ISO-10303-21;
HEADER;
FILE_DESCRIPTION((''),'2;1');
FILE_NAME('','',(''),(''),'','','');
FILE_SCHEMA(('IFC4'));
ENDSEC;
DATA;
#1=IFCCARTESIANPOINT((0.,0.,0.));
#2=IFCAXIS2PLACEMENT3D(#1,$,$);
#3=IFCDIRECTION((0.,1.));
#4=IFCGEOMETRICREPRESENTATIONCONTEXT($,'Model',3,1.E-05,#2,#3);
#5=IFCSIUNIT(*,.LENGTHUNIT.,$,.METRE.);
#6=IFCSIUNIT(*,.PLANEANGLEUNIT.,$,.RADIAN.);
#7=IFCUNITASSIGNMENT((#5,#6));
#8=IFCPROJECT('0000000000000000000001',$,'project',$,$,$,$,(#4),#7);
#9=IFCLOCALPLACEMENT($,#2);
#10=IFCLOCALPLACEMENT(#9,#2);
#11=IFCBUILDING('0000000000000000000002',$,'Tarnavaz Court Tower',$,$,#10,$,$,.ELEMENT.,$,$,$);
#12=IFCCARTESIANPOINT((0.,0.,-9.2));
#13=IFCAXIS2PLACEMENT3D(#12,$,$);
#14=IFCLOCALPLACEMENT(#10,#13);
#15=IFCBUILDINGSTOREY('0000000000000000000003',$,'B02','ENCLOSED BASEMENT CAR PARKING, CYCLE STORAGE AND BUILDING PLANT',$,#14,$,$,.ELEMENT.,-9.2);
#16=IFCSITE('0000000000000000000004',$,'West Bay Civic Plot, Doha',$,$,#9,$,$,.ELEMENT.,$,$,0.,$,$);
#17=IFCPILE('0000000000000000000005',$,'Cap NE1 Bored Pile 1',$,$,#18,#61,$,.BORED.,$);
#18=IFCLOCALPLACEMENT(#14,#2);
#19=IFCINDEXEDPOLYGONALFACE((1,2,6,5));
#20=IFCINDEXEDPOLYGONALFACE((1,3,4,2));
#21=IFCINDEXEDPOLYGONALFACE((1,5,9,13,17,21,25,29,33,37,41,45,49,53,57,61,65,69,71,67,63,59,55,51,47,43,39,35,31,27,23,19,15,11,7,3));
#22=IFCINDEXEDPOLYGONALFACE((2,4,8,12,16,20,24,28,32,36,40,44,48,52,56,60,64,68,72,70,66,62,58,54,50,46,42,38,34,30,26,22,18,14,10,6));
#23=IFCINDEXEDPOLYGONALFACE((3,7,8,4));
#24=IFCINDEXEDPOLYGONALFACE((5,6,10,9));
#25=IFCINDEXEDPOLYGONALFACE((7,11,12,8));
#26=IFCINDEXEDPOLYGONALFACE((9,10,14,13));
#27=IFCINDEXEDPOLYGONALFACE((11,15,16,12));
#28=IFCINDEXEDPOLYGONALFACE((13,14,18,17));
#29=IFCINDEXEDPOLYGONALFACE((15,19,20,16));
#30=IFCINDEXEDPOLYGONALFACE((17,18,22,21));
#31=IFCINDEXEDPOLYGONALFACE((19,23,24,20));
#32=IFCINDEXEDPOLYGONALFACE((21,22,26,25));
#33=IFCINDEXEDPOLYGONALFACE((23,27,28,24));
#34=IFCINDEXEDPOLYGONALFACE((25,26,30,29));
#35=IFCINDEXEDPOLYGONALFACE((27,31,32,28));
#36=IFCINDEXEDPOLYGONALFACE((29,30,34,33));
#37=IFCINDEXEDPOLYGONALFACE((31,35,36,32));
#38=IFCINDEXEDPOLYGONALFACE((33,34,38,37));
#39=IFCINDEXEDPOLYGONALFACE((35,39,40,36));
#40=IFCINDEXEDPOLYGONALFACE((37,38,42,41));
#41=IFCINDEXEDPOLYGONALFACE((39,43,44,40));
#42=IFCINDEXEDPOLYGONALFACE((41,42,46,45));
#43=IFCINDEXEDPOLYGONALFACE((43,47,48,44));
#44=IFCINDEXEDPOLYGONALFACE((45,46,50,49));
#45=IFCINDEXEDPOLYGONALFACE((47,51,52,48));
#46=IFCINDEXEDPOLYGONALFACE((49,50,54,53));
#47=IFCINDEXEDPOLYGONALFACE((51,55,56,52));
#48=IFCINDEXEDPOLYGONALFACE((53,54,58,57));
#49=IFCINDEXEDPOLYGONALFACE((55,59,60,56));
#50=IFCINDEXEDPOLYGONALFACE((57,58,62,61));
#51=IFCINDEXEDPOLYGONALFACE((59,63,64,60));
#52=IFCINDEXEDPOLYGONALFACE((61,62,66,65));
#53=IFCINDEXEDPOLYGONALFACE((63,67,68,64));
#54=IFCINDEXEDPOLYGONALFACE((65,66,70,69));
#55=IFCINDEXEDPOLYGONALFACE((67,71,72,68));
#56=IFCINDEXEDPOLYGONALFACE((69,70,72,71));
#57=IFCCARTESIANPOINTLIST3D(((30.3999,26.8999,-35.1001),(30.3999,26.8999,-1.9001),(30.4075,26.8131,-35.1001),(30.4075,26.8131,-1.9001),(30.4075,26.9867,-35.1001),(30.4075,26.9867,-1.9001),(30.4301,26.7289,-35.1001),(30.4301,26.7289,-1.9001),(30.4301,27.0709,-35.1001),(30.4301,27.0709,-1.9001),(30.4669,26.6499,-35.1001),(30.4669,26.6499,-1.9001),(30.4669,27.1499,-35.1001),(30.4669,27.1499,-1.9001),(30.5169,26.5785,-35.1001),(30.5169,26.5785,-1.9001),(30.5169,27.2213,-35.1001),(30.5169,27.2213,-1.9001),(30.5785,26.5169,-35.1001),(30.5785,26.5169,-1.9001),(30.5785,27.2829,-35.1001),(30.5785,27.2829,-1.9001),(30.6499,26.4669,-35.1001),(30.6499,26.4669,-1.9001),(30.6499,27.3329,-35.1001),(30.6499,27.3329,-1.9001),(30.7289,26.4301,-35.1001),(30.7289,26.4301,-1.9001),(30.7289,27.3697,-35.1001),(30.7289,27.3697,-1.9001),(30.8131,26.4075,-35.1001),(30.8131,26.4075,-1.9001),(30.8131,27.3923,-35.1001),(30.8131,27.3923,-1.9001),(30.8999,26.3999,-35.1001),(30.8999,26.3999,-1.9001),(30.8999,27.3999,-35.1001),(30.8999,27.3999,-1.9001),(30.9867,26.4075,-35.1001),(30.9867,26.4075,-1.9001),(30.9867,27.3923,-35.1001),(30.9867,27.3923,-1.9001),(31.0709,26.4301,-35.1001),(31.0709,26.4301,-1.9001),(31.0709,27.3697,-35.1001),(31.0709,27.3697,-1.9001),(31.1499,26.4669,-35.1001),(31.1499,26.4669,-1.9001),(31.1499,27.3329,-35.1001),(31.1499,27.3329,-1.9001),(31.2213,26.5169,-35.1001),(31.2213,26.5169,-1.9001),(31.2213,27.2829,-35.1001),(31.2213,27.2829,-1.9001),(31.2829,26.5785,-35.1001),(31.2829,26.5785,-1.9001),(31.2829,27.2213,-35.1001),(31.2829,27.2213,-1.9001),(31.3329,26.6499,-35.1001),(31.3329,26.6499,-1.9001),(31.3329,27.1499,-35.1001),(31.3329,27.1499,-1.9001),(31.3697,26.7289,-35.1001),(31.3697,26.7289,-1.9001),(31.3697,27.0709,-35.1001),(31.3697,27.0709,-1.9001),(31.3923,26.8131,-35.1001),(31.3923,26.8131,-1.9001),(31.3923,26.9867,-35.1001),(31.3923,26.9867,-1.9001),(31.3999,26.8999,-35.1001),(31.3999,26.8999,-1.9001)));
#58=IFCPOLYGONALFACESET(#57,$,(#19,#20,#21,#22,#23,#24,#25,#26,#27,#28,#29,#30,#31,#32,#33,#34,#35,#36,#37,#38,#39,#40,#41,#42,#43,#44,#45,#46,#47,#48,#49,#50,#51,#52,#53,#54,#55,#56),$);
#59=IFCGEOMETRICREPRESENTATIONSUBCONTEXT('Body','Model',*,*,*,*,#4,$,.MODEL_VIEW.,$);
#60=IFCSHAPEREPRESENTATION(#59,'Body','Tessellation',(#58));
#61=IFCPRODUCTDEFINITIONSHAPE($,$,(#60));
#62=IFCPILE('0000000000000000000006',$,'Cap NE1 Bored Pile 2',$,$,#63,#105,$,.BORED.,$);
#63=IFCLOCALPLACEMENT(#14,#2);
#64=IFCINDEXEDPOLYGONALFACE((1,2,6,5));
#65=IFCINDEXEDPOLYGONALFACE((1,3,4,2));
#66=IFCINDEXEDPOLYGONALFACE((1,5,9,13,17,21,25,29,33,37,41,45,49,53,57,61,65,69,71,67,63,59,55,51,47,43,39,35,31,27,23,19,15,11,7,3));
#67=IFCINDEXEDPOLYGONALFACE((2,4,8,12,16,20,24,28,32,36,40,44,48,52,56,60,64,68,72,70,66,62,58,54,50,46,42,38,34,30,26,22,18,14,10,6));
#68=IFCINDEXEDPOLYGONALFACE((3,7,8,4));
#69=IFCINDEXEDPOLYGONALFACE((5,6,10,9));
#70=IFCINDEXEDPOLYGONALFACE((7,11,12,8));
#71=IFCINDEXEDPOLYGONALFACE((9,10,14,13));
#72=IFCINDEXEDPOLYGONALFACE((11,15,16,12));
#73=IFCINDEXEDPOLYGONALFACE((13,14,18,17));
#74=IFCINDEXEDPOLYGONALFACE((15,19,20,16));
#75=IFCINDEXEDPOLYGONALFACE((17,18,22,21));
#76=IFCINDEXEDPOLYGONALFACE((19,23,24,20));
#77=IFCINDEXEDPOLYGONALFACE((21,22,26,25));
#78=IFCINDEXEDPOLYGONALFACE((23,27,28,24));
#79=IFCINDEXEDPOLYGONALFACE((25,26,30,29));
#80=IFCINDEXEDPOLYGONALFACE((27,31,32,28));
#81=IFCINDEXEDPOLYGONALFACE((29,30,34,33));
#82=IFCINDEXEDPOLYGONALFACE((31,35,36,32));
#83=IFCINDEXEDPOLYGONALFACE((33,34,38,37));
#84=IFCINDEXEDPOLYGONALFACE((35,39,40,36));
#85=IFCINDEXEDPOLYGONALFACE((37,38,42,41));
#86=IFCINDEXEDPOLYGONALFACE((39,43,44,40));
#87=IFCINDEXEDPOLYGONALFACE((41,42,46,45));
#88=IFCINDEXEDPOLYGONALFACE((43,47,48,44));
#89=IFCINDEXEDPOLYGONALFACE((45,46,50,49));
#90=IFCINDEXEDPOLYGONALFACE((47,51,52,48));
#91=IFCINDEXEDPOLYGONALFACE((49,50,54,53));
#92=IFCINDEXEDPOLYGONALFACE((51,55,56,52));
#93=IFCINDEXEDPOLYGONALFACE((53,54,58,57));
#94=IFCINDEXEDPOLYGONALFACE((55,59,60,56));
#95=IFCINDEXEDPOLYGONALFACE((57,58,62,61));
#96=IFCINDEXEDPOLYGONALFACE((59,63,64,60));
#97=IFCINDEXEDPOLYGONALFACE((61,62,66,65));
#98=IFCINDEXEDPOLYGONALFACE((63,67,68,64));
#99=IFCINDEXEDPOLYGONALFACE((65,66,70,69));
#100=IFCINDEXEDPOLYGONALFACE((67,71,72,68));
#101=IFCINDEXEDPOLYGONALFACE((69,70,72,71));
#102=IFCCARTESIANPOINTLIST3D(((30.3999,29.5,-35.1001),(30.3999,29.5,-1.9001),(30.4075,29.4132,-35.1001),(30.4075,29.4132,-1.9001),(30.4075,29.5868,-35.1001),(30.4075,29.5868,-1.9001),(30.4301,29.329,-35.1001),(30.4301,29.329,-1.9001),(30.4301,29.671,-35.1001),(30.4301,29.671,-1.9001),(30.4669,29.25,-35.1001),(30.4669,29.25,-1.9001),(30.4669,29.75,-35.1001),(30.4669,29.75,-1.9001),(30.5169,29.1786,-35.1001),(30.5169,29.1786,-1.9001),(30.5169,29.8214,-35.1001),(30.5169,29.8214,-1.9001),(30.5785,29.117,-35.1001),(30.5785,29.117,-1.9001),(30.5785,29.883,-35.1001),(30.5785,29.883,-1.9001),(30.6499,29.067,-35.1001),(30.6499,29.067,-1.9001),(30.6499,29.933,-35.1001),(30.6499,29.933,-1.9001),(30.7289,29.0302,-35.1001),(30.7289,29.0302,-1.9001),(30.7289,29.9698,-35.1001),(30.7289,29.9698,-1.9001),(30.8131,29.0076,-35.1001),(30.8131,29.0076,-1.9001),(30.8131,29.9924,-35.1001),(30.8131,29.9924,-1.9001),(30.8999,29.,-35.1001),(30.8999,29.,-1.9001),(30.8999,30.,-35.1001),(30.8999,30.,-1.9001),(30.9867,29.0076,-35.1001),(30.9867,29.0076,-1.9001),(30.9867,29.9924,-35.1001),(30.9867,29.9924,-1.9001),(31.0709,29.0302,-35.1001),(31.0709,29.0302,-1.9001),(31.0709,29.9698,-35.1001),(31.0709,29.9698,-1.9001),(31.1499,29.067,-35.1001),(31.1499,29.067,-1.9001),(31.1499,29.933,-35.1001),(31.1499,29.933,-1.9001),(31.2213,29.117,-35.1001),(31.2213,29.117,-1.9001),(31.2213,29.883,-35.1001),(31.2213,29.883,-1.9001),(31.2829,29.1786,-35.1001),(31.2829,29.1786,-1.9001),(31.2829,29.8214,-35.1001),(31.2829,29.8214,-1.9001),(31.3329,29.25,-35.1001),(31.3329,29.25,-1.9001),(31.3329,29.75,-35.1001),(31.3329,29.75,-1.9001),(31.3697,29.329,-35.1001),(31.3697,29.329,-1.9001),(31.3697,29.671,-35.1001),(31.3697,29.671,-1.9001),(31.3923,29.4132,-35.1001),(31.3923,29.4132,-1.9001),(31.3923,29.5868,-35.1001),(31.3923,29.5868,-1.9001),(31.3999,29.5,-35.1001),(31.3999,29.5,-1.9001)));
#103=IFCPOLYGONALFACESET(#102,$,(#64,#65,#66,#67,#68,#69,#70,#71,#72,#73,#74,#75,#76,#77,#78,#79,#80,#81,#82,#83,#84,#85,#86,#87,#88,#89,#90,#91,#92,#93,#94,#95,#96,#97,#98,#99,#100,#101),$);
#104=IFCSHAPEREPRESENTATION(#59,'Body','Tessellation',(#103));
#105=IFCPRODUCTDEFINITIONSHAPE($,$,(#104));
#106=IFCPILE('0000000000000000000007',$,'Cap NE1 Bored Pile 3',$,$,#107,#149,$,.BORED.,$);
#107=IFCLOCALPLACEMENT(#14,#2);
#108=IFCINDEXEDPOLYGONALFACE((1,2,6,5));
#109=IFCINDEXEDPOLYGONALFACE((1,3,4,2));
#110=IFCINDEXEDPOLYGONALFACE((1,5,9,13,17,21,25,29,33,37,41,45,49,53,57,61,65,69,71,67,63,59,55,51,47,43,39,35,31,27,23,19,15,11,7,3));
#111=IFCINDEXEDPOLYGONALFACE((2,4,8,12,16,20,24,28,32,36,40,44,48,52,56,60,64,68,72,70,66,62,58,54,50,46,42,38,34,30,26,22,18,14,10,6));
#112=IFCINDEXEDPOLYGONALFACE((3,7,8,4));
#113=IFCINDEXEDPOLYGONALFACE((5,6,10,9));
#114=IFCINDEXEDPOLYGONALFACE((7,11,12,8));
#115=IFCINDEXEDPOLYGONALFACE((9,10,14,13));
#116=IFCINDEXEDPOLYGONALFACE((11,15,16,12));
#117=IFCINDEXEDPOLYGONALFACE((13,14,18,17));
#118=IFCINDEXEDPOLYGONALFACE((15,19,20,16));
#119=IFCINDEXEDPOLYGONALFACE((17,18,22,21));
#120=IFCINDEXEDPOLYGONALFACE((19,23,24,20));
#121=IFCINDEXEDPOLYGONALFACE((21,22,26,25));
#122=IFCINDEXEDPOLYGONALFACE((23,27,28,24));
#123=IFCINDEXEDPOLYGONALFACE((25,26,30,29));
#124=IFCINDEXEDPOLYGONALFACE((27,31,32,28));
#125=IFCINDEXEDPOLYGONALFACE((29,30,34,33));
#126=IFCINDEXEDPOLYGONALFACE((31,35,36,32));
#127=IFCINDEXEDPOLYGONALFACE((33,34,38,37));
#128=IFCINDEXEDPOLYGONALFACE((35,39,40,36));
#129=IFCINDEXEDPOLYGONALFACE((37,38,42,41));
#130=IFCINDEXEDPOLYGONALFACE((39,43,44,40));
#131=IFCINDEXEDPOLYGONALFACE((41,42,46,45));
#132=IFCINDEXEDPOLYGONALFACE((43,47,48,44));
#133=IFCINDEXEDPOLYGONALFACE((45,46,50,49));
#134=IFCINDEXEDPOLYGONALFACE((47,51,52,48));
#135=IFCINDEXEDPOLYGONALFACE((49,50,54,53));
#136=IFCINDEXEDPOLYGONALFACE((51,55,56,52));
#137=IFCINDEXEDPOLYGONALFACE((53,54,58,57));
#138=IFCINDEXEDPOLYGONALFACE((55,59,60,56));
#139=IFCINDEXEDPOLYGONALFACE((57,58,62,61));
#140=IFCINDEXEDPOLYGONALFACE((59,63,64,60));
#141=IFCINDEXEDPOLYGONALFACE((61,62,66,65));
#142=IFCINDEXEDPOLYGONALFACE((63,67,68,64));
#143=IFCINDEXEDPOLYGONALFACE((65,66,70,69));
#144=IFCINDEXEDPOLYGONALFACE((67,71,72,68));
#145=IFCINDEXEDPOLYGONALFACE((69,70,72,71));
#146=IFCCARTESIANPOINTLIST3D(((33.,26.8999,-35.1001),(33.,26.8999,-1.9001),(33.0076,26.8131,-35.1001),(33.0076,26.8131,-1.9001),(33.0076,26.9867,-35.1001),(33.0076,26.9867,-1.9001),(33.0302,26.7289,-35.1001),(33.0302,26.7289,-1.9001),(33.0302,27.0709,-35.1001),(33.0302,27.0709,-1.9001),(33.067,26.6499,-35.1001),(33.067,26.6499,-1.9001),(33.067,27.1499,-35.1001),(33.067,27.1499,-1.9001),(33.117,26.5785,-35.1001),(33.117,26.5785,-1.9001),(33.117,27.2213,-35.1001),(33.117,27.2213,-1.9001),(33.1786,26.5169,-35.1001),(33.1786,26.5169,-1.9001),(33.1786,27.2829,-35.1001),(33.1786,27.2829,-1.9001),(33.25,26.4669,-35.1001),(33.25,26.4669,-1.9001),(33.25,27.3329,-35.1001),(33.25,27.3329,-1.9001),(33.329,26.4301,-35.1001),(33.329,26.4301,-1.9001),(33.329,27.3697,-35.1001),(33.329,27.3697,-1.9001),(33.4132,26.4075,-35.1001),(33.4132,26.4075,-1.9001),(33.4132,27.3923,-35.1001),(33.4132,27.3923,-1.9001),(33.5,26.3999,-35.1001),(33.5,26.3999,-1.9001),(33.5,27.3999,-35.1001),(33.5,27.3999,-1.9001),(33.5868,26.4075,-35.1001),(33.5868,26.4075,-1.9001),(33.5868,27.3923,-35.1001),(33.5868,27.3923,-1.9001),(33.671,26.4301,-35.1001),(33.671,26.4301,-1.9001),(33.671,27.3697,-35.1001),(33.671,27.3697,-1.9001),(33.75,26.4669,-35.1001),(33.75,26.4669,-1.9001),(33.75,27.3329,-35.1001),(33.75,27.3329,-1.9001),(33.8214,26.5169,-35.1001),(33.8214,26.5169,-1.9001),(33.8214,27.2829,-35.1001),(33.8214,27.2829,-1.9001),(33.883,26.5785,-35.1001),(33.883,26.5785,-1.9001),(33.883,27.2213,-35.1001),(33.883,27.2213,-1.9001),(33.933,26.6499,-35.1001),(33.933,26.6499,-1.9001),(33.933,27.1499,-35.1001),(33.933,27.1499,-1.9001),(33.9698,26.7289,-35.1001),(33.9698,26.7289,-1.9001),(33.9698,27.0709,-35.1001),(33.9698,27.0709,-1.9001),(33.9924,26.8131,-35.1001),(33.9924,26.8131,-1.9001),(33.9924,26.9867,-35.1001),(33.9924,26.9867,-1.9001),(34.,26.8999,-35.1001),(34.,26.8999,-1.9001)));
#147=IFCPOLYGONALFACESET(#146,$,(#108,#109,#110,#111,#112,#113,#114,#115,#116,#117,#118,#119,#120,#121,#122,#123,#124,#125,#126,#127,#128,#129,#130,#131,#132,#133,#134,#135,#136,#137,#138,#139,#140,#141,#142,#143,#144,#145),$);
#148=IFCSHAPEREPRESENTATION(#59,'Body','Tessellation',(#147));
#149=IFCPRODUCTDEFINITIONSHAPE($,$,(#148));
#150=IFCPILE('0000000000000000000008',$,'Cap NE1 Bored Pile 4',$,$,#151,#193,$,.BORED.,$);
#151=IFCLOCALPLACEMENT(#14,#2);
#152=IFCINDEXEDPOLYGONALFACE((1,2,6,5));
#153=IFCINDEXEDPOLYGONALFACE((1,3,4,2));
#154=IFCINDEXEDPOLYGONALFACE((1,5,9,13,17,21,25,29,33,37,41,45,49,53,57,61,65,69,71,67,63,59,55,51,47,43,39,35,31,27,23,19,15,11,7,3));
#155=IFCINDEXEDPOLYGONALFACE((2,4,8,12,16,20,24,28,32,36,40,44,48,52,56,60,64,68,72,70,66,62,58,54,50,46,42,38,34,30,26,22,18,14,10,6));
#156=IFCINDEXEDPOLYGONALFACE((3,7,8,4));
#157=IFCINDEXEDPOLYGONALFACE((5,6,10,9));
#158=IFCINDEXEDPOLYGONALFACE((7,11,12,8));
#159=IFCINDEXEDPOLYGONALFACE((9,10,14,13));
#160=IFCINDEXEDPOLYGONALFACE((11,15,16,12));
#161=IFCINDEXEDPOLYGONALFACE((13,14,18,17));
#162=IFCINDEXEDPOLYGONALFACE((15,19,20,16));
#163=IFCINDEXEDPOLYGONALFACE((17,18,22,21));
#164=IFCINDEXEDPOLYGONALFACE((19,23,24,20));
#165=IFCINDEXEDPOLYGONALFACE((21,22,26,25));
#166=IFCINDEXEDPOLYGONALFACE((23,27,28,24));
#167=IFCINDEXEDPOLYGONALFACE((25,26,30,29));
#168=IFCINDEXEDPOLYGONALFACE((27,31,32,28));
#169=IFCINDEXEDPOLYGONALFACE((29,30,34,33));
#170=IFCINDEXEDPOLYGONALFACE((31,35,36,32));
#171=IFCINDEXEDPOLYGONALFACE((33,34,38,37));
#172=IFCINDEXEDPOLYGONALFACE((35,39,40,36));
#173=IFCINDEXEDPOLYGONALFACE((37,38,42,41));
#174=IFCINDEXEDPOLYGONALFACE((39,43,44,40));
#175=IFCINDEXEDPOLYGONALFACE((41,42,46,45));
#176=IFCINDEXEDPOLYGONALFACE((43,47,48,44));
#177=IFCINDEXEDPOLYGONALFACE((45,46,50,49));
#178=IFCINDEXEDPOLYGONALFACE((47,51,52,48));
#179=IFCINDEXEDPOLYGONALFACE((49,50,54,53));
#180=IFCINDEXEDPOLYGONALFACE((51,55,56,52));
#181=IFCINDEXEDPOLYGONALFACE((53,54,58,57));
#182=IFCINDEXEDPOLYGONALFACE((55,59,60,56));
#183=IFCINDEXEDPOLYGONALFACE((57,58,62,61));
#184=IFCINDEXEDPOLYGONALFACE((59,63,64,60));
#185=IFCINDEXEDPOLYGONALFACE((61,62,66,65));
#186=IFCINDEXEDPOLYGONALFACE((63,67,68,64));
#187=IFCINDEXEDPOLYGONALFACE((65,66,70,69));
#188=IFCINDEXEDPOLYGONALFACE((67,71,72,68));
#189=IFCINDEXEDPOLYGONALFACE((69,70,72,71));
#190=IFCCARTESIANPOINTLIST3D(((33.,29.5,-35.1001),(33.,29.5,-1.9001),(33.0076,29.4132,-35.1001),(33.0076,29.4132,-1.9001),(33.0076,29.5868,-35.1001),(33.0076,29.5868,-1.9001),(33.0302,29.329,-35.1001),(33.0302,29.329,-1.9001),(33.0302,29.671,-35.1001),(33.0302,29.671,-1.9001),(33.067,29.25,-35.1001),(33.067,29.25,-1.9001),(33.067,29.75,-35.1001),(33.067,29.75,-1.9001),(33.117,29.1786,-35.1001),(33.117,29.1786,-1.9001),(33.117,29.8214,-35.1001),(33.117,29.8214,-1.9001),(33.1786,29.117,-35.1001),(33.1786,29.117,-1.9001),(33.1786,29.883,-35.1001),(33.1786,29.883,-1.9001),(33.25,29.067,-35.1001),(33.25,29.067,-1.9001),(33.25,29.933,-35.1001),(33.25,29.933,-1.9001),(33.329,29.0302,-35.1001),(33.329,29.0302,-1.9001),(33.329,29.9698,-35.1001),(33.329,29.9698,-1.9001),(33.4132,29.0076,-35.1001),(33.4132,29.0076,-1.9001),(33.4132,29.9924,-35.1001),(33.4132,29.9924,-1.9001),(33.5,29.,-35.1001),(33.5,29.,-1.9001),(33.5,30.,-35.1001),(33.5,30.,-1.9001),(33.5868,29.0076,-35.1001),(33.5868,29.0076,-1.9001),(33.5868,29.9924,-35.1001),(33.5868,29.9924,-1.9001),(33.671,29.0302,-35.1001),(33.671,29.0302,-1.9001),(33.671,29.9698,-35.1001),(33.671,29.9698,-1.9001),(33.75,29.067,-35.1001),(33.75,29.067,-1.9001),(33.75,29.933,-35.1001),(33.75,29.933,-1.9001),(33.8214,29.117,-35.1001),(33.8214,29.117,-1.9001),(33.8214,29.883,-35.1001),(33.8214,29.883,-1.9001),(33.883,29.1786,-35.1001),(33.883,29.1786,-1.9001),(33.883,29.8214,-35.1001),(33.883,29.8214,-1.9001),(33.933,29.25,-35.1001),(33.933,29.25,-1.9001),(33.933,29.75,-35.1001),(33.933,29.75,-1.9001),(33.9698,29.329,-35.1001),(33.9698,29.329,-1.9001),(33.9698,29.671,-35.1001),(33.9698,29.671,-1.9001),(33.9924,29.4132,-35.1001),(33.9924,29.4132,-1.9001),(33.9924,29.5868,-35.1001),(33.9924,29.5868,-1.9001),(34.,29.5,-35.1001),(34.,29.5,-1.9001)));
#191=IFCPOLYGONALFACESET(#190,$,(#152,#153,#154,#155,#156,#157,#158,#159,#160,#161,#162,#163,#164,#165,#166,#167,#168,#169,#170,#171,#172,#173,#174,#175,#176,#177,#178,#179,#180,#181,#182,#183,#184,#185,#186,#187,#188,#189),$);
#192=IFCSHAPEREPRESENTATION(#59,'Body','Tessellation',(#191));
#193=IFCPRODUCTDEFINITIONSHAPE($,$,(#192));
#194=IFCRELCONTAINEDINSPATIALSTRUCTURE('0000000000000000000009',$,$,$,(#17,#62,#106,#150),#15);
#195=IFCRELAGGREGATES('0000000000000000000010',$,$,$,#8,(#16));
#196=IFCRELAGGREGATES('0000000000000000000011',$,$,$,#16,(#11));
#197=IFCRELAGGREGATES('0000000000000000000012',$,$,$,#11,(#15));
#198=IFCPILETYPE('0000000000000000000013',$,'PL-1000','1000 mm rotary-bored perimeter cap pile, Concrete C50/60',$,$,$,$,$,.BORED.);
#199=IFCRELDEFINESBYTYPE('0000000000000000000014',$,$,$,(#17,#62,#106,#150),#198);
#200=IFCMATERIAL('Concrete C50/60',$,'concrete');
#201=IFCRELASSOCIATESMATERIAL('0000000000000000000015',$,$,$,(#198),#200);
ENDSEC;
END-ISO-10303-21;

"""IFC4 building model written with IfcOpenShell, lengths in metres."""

from ifc_helpers import new_model, si_unit, direction, frame, origin, origin_2d, place, context, subcontext, project, spatial, circle, extrude, material, material_profile, profile_set, type_object, element, save


model = new_model("IFC4")

# Units and contexts
model_context = context("Model", 3, precision=1e-05, world=origin(), true_north=direction((0.0, 1.0)))
body_context = subcontext(model_context, "Body", "Model", "MODEL_VIEW")
ifc_project = project(units=[si_unit("LENGTHUNIT", "METRE"), si_unit("PLANEANGLEUNIT", "RADIAN")], contexts=[model_context])

# Site, building, storey
site_placement = place(None, origin())
site = spatial("IfcSite", under=ifc_project, at=site_placement, Name="West Bay Civic Plot, Doha", CompositionType="ELEMENT", RefElevation=0.0)
building_placement = place(site_placement, origin())
building = spatial("IfcBuilding", under=site, at=building_placement, Name="Tarnavaz Court Tower", CompositionType="ELEMENT")
storey_placement = place(building_placement, frame((0.0, 0.0, -9.2)))
storey = spatial("IfcBuildingStorey", under=building, at=storey_placement, Name="B02", Description="ENCLOSED BASEMENT CAR PARKING, CYCLE STORAGE AND BUILDING PLANT", CompositionType="ELEMENT", Elevation=-9.2)

# Shared definitions
ifc_material_1 = material(Name="Concrete C50/60", Category="concrete")

# Piles
ifc_material_profile_1 = material_profile(ifc_material_1, circle(Radius=0.5, at=origin_2d()), Name="PILE D1000")
ifc_profile_set_1 = profile_set([ifc_material_profile_1], Name="Concrete C50/60")
pile_type_1 = type_object("IfcPileType", Name="PL-1000", Description="1000 mm rotary-bored perimeter cap pile, Concrete C50/60", PredefinedType="BORED", material=ifc_profile_set_1)
for number, where, z_axis, x_axis, name in (
    (1, (30.8999, 26.8999, -1.9001), (0.0, 0.0, -1.0), (1.0, 0.0, 0.0), "Cap NE1 Bored Pile 1"),
    (2, (30.8999, 29.5, -1.9001), (0.0, 0.0, -1.0), (1.0, 0.0, 0.0), "Cap NE1 Bored Pile 2"),
    (3, (33.5, 26.8999, -1.9001), (0.0, 0.0, -1.0), (1.0, 0.0, 0.0), "Cap NE1 Bored Pile 3"),
    (4, (33.5, 29.5, -1.9001), (0.0, 0.0, -1.0), (1.0, 0.0, 0.0), "Cap NE1 Bored Pile 4"),
):
    element("IfcPile", number, at=place(storey_placement, frame(where, z_axis=z_axis, x_axis=x_axis)), inside=storey, type_object=pile_type_1, Name=name, PredefinedType="BORED", context=body_context, shape_type="SweptSolid", body=[
        extrude(circle(Radius=0.5, at=origin_2d()), origin(), (0.0, 0.0, 1.0), 33.2),
    ])

save(model, "model.ifc")
